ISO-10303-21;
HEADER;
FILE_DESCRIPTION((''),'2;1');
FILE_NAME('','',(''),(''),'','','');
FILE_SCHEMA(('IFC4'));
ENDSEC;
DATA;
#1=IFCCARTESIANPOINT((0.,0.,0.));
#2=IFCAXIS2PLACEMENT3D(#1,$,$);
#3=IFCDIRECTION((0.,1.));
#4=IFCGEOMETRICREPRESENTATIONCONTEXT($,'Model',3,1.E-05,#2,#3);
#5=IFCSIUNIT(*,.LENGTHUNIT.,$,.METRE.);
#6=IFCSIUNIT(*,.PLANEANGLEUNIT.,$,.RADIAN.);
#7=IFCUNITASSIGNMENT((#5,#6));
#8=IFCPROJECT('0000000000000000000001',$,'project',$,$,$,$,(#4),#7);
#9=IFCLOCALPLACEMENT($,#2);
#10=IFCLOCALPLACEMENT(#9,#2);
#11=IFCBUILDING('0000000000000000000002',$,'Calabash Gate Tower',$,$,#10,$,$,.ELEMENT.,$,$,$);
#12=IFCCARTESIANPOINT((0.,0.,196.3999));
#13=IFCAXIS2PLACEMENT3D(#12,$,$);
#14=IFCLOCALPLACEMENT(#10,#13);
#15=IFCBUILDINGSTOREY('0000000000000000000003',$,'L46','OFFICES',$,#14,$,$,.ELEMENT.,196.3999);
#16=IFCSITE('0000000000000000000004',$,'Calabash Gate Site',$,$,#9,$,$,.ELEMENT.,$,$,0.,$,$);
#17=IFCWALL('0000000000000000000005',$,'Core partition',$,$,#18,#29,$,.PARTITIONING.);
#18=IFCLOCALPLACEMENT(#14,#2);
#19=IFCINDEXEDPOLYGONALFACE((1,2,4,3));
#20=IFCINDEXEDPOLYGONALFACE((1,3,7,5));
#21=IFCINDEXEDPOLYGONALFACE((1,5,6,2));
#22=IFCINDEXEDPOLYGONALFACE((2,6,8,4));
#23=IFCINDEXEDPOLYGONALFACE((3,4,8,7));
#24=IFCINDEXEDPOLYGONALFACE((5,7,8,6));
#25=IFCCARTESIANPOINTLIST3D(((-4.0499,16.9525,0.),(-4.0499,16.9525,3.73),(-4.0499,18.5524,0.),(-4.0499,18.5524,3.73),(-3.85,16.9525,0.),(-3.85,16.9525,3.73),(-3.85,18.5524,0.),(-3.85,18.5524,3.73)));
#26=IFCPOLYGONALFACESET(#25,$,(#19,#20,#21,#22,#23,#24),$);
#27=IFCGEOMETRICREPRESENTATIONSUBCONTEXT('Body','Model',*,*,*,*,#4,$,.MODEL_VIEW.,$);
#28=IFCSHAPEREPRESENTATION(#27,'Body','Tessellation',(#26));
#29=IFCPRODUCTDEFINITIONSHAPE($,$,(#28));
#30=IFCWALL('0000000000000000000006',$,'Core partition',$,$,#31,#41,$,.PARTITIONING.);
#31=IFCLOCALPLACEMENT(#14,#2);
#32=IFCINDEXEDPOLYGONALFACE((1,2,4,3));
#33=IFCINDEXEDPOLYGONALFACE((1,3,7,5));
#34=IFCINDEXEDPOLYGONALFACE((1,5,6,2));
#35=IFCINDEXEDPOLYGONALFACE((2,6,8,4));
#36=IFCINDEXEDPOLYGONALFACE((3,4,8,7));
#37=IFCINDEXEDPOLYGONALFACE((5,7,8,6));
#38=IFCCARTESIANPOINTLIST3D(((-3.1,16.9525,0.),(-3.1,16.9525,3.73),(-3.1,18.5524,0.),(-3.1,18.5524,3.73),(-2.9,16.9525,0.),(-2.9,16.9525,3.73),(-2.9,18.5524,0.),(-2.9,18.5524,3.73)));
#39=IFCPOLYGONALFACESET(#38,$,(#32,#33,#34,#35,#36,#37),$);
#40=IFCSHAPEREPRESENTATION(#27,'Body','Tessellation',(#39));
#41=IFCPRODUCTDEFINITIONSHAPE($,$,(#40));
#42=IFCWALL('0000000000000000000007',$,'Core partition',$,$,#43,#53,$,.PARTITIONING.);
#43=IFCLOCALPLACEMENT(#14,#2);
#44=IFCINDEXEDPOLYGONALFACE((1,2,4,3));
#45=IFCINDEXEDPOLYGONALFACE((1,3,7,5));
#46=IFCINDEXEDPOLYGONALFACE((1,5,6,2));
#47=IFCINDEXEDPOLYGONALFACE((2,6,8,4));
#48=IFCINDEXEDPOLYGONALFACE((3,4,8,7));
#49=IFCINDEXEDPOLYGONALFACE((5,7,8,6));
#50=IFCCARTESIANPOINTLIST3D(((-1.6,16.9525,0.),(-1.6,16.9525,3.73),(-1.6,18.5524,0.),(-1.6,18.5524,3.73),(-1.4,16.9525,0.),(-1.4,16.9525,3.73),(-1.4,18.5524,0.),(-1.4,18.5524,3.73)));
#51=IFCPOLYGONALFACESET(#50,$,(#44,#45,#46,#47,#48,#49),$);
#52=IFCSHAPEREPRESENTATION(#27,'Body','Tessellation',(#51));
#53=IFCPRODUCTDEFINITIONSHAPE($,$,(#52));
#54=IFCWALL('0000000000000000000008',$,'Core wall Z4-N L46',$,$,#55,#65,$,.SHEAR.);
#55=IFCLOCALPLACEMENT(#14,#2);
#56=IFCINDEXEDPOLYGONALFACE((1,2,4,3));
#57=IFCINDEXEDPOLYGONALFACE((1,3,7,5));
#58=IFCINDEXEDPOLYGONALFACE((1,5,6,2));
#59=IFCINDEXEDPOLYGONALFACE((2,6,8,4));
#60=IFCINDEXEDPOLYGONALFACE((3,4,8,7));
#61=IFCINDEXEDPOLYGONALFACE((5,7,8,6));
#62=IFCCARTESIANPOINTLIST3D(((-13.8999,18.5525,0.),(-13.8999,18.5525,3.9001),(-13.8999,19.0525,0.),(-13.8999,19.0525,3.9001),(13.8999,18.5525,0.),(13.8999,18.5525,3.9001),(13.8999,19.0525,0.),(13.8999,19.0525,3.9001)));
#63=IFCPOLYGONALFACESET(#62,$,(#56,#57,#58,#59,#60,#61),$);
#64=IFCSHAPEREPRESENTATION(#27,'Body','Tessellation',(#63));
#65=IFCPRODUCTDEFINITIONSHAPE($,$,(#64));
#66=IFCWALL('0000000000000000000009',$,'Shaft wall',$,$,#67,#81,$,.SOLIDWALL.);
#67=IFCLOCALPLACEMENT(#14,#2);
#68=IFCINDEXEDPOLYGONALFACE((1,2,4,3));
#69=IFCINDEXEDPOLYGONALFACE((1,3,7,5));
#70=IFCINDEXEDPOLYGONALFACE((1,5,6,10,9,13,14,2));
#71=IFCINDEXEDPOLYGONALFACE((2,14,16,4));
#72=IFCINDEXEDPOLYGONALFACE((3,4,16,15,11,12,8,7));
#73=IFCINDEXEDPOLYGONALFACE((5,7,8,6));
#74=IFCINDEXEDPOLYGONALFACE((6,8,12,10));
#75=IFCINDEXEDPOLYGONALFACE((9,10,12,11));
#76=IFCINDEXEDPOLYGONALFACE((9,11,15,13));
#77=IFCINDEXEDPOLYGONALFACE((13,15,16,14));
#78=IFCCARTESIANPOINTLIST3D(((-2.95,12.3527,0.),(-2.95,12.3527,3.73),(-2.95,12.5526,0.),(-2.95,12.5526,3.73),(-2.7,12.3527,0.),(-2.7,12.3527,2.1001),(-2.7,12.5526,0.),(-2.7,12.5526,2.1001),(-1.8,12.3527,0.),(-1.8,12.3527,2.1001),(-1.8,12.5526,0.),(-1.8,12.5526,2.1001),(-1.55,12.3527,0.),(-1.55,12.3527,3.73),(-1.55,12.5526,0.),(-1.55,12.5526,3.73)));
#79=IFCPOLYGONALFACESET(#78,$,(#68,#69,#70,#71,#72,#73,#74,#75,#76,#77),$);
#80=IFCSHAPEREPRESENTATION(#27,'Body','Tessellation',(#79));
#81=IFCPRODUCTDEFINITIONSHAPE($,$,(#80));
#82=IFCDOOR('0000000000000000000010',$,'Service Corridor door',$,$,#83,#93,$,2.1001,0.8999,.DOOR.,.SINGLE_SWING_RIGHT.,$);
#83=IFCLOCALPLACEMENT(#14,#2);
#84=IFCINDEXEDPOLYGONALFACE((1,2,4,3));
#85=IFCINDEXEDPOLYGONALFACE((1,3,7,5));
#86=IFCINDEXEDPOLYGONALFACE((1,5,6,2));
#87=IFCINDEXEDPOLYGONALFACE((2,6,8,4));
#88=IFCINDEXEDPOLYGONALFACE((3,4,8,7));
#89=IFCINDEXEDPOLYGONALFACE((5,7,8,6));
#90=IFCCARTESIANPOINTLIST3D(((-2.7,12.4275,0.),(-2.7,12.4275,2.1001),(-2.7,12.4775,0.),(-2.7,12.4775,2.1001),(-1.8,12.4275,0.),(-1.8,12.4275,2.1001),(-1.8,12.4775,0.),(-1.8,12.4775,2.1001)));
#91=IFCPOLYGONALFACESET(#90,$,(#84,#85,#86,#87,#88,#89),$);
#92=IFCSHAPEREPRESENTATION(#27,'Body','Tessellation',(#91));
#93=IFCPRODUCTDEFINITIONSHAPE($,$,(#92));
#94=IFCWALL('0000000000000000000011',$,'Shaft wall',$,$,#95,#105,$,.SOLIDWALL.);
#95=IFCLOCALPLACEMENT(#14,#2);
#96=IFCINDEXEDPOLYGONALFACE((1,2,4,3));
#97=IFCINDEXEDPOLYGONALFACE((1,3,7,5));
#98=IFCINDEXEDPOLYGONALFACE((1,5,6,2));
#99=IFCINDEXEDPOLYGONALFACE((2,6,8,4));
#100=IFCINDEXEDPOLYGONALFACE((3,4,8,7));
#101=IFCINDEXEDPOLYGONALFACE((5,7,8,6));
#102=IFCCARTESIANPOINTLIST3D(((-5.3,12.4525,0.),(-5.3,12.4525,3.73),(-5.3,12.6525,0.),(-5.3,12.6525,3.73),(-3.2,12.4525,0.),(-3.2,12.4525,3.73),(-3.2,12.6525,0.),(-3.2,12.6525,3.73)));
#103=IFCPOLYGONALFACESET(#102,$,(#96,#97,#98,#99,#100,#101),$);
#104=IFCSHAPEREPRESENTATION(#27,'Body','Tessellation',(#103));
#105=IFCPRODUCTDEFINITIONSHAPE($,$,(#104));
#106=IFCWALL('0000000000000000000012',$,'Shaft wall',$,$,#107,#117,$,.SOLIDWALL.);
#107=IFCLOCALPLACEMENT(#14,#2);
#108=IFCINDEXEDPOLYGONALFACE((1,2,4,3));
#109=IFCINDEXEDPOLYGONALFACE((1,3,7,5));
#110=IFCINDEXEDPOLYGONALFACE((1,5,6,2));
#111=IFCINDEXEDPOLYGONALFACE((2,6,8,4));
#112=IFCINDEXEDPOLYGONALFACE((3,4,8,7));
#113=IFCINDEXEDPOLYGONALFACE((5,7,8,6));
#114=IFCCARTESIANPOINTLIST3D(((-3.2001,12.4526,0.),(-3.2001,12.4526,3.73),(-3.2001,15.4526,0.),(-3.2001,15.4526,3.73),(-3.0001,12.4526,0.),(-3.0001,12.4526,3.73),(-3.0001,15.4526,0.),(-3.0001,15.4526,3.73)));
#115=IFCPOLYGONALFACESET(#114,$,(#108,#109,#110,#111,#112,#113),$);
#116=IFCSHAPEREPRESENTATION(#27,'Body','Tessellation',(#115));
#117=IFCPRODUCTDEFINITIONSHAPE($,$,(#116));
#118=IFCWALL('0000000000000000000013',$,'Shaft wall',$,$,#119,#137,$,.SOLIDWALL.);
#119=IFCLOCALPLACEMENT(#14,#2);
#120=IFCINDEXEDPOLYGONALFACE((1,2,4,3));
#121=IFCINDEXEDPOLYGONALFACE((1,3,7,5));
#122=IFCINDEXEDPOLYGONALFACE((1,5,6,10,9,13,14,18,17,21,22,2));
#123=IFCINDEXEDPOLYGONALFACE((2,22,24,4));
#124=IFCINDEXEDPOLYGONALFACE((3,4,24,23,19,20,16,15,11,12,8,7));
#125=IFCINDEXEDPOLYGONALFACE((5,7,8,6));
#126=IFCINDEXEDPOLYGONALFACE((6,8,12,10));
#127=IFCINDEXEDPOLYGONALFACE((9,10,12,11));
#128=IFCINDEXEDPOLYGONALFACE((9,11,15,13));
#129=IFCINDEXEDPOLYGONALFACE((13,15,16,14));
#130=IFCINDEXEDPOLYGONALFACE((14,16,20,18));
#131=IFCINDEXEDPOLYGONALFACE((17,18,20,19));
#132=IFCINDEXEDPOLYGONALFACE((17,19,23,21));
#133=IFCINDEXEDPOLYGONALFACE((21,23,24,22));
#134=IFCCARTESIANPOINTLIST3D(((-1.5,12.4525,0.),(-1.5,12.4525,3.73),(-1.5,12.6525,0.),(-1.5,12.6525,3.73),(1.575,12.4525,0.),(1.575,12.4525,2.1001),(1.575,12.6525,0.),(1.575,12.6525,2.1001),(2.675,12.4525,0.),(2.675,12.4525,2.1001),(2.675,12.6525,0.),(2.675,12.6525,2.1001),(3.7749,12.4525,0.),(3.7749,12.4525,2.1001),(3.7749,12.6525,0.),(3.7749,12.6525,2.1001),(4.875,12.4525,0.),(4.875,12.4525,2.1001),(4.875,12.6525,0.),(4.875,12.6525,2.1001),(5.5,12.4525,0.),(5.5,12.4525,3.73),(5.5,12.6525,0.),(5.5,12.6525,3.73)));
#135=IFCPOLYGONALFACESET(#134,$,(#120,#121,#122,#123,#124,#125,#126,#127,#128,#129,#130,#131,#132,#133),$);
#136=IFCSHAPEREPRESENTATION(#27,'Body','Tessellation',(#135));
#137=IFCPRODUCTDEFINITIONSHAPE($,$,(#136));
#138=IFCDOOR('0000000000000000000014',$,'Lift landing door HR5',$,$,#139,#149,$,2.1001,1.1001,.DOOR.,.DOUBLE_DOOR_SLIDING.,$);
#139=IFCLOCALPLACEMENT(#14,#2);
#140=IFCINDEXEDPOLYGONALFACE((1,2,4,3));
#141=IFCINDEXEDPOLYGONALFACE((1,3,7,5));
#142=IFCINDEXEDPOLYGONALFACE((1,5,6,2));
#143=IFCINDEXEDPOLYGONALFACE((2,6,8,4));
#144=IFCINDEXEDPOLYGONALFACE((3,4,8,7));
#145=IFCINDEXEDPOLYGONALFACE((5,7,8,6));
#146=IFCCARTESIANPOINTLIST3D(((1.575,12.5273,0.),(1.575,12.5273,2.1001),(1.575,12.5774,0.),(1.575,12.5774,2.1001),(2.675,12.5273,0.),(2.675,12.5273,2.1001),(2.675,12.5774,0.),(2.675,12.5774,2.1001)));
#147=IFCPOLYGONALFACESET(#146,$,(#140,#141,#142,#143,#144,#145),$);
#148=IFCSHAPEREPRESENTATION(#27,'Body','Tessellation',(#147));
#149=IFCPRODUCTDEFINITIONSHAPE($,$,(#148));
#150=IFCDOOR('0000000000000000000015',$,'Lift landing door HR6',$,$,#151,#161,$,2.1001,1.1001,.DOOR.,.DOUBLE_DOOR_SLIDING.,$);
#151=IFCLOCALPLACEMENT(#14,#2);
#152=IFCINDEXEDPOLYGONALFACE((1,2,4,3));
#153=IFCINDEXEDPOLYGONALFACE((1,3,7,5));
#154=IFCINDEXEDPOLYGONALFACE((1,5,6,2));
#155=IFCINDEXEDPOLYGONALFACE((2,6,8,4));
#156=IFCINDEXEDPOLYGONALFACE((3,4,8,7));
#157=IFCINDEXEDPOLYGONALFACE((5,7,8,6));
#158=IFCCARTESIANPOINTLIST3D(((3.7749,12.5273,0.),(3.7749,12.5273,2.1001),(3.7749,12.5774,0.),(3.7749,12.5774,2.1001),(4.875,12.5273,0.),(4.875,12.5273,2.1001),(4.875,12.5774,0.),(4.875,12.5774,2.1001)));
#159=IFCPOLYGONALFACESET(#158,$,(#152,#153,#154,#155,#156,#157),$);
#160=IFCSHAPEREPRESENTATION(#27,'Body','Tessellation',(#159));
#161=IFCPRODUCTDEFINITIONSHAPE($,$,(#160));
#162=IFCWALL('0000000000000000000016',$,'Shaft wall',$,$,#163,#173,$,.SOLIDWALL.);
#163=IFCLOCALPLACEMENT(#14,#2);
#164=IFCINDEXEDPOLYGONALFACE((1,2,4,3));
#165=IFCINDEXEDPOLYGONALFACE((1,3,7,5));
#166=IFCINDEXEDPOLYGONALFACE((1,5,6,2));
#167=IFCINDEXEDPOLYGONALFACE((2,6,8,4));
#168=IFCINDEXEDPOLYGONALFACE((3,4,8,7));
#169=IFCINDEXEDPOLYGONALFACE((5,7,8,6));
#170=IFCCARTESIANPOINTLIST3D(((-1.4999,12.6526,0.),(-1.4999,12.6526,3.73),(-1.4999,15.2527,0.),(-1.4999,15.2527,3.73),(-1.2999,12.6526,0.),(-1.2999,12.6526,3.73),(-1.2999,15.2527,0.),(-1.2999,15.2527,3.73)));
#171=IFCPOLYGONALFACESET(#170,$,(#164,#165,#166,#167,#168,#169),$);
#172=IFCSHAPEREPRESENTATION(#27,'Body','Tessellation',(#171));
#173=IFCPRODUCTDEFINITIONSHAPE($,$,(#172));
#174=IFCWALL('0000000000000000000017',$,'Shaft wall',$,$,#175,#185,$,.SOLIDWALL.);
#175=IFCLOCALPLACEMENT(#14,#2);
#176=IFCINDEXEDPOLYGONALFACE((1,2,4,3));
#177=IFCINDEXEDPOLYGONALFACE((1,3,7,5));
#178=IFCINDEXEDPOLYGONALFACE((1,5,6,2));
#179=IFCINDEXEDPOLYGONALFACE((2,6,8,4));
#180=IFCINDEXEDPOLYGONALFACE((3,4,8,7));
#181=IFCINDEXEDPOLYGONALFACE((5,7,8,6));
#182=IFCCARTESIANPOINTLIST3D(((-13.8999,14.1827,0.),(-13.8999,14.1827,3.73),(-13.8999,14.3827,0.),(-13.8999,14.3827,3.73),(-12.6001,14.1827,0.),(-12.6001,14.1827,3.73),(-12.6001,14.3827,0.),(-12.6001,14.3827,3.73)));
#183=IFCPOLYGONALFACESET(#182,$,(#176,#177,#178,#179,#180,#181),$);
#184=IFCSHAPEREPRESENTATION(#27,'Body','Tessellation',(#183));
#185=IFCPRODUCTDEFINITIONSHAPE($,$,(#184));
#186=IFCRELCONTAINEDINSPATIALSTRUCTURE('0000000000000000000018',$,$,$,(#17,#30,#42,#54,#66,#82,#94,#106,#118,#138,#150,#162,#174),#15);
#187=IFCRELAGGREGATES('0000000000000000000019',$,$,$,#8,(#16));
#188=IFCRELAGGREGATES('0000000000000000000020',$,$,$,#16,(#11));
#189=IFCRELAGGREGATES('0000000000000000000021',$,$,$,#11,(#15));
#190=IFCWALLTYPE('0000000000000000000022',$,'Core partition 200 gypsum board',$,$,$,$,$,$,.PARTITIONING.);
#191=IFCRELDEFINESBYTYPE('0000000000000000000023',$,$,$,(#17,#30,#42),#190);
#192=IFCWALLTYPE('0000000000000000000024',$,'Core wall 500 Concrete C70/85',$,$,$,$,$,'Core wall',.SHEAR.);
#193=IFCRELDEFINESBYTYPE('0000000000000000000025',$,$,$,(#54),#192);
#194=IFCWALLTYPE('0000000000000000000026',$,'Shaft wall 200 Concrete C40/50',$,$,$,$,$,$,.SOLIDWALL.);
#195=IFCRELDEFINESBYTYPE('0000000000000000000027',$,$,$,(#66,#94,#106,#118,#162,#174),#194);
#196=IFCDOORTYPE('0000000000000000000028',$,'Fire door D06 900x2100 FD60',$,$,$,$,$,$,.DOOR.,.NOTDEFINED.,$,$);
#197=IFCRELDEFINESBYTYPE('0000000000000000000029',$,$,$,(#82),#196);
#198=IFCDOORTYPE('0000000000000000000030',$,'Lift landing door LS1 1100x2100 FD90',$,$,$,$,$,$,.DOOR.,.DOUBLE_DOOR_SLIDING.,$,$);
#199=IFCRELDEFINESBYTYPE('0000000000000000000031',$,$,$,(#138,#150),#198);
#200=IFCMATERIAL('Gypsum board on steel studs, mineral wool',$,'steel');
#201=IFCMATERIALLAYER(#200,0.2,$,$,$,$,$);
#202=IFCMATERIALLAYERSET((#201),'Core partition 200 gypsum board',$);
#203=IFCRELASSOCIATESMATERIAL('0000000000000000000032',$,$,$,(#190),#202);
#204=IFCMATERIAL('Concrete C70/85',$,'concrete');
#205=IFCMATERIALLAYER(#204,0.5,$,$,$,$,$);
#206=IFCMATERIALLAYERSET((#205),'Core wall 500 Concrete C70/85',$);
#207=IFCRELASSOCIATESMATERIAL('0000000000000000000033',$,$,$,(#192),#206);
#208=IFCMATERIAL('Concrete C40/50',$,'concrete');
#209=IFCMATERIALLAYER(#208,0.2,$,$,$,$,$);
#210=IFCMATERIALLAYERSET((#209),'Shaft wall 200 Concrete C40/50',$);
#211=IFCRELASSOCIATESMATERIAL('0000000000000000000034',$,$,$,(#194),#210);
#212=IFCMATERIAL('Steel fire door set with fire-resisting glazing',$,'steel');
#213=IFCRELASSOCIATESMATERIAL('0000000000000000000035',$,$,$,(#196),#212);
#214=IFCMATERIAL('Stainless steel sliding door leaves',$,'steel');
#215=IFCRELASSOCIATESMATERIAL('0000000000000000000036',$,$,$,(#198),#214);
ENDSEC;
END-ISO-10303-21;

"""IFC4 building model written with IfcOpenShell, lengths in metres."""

from ifc_helpers import new_model, si_unit, direction, frame, frame_2d, origin, place, context, subcontext, project, spatial, rectangle, extrude, material, layer, layer_set, type_object, element, fill, save


model = new_model("IFC4")

# Units and contexts
model_context = context("Model", 3, precision=1e-05, world=origin(), true_north=direction((0.0, 1.0)))
body_context = subcontext(model_context, "Body", "Model", "MODEL_VIEW")
ifc_project = project(units=[si_unit("LENGTHUNIT", "METRE"), si_unit("PLANEANGLEUNIT", "RADIAN")], contexts=[model_context])

# Site, building, storey
site_placement = place(None, origin())
site = spatial("IfcSite", under=ifc_project, at=site_placement, Name="Calabash Gate Site", CompositionType="ELEMENT", RefElevation=0.0)
building_placement = place(site_placement, origin())
building = spatial("IfcBuilding", under=site, at=building_placement, Name="Calabash Gate Tower", CompositionType="ELEMENT")
storey_placement = place(building_placement, frame((0.0, 0.0, 196.3999)))
storey = spatial("IfcBuildingStorey", under=building, at=storey_placement, Name="L46", Description="OFFICES", CompositionType="ELEMENT", Elevation=196.3999)

# Walls
ifc_material_1 = material(Name="Gypsum board on steel studs, mineral wool", Category="steel")
ifc_layer_1 = layer(ifc_material_1, 0.2)
ifc_layer_set_1 = layer_set([ifc_layer_1], Name="Core partition 200 gypsum board")
wall_type_1 = type_object("IfcWallType", Name="Core partition 200 gypsum board", PredefinedType="PARTITIONING", material=ifc_layer_set_1)
for number, where, z_axis, x_axis, name in (
    (1, (-3.95, 16.9526, 0.0), (0.0, 0.0, 1.0), (0.0, 1.0, 0.0), "Core partition"),
    (2, (-3.0, 16.9526, 0.0), (0.0, 0.0, 1.0), (0.0, 1.0, 0.0), "Core partition"),
    (3, (-1.5, 16.9526, 0.0), (0.0, 0.0, 1.0), (0.0, 1.0, 0.0), "Core partition"),
):
    element("IfcWall", number, at=place(storey_placement, frame(where, z_axis=z_axis, x_axis=x_axis)), inside=storey, type_object=wall_type_1, Name=name, PredefinedType="PARTITIONING", context=body_context, shape_type="SweptSolid", body=[
        extrude(rectangle(XDim=1.5999, YDim=0.2, at=frame_2d((0.7998, 0.0))), origin(), (0.0, 0.0, 1.0), 3.73),
    ])
ifc_material_2 = material(Name="Concrete C70/85", Category="concrete")
ifc_layer_2 = layer(ifc_material_2, 0.5)
ifc_layer_set_2 = layer_set([ifc_layer_2], Name="Core wall 500 Concrete C70/85")
wall_type_2 = type_object("IfcWallType", Name="Core wall 500 Concrete C70/85", ElementType="Core wall", PredefinedType="SHEAR", material=ifc_layer_set_2)
wall_1_placement = place(storey_placement, frame((-13.8999, 18.8025, 0.0), z_axis=(0.0, 0.0, 1.0), x_axis=(1.0, 0.0, 0.0)))
element("IfcWall", 4, at=wall_1_placement, inside=storey, type_object=wall_type_2, Name="Core wall Z4-N L46", PredefinedType="SHEAR", context=body_context, shape_type="SweptSolid", body=[
    extrude(rectangle(XDim=27.7998, YDim=0.5, at=frame_2d((13.8999, 0.0))), origin(), (0.0, 0.0, 1.0), 3.9001),
])

# Wall, opening, door
ifc_material_3 = material(Name="Concrete C40/50", Category="concrete")
ifc_layer_3 = layer(ifc_material_3, 0.2)
ifc_layer_set_3 = layer_set([ifc_layer_3], Name="Shaft wall 200 Concrete C40/50")
wall_type_3 = type_object("IfcWallType", Name="Shaft wall 200 Concrete C40/50", PredefinedType="SOLIDWALL", material=ifc_layer_set_3)
wall_2_placement = place(storey_placement, frame((-2.95, 12.4526, 0.0), z_axis=(0.0, 0.0, 1.0), x_axis=(1.0, 0.0, 0.0)))
wall_2 = element("IfcWall", 5, at=wall_2_placement, inside=storey, type_object=wall_type_3, Name="Shaft wall", PredefinedType="SOLIDWALL", context=body_context, shape_type="SweptSolid", body=[
    extrude(rectangle(XDim=1.3999, YDim=0.2, at=frame_2d((0.7, 0.0))), origin(), (0.0, 0.0, 1.0), 3.73),
])
opening_1_placement = place(wall_2_placement, frame((0.25, 0.0, 0.0)))
opening_1 = element("IfcOpeningElement", 6, at=opening_1_placement, cuts=wall_2, PredefinedType="OPENING", context=body_context, shape_type="SweptSolid", body=[
    extrude(rectangle(XDim=0.8999, YDim=2.1001, at=frame_2d((0.45, 1.05))), frame((0.0, 0.1099, 0.0), z_axis=(0.0, -1.0, 0.0), x_axis=(1.0, 0.0, 0.0)), (0.0, 0.0, 1.0), 0.22),
])
ifc_material_4 = material(Name="Steel fire door set with fire-resisting glazing", Category="steel")
door_type_1 = type_object("IfcDoorType", Name="Fire door D06 900x2100 FD60", OperationType="NOTDEFINED", PredefinedType="DOOR", material=ifc_material_4)
door_1_placement = place(opening_1_placement, origin())
door_1 = element("IfcDoor", 7, at=door_1_placement, inside=storey, type_object=door_type_1, Name="Service Corridor door", OperationType="SINGLE_SWING_RIGHT", OverallHeight=2.1001, OverallWidth=0.8999, PredefinedType="DOOR", context=body_context, shape_type="SweptSolid", body=[
    extrude(rectangle(XDim=0.8999, YDim=2.1001, at=frame_2d((0.45, 1.05))), frame((0.0, 0.0249, 0.0), z_axis=(0.0, -1.0, 0.0), x_axis=(1.0, 0.0, 0.0)), (0.0, 0.0, 1.0), 0.05),
])
fill(opening_1, door_1)

# Walls
wall_3_placement = place(storey_placement, frame((-5.3, 12.5525, 0.0), z_axis=(0.0, 0.0, 1.0), x_axis=(1.0, 0.0, 0.0)))
element("IfcWall", 8, at=wall_3_placement, inside=storey, type_object=wall_type_3, Name="Shaft wall", PredefinedType="SOLIDWALL", context=body_context, shape_type="SweptSolid", body=[
    extrude(rectangle(XDim=2.1001, YDim=0.2, at=frame_2d((1.05, 0.0))), origin(), (0.0, 0.0, 1.0), 3.73),
])
wall_4_placement = place(storey_placement, frame((-3.1001, 12.4526, 0.0), z_axis=(0.0, 0.0, 1.0), x_axis=(0.0, 1.0, 0.0)))
element("IfcWall", 9, at=wall_4_placement, inside=storey, type_object=wall_type_3, Name="Shaft wall", PredefinedType="SOLIDWALL", context=body_context, shape_type="SweptSolid", body=[
    extrude(rectangle(XDim=3.0, YDim=0.2, at=frame_2d((1.5, 0.0))), origin(), (0.0, 0.0, 1.0), 3.73),
])

# Wall, openings, doors
wall_5_placement = place(storey_placement, frame((-1.5, 12.5525, 0.0), z_axis=(0.0, 0.0, 1.0), x_axis=(1.0, 0.0, 0.0)))
wall_5 = element("IfcWall", 10, at=wall_5_placement, inside=storey, type_object=wall_type_3, Name="Shaft wall", PredefinedType="SOLIDWALL", context=body_context, shape_type="SweptSolid", body=[
    extrude(rectangle(XDim=7.0, YDim=0.2, at=frame_2d((3.5, 0.0))), origin(), (0.0, 0.0, 1.0), 3.73),
])
opening_2_placement = place(wall_5_placement, frame((3.075, 0.0, 0.0)))
opening_2 = element("IfcOpeningElement", 11, at=opening_2_placement, cuts=wall_5, PredefinedType="OPENING", context=body_context, shape_type="SweptSolid", body=[
    extrude(rectangle(XDim=1.1001, YDim=2.1001, at=frame_2d((0.55, 1.05))), frame((0.0, 0.1099, 0.0), z_axis=(0.0, -1.0, 0.0), x_axis=(1.0, 0.0, 0.0)), (0.0, 0.0, 1.0), 0.22),
])
opening_3_placement = place(wall_5_placement, frame((5.2749, 0.0, 0.0)))
opening_3 = element("IfcOpeningElement", 12, at=opening_3_placement, cuts=wall_5, PredefinedType="OPENING", context=body_context, shape_type="SweptSolid", body=[
    extrude(rectangle(XDim=1.1001, YDim=2.1001, at=frame_2d((0.55, 1.05))), frame((0.0, 0.1099, 0.0), z_axis=(0.0, -1.0, 0.0), x_axis=(1.0, 0.0, 0.0)), (0.0, 0.0, 1.0), 0.22),
])
ifc_material_5 = material(Name="Stainless steel sliding door leaves", Category="steel")
door_type_2 = type_object("IfcDoorType", Name="Lift landing door LS1 1100x2100 FD90", OperationType="DOUBLE_DOOR_SLIDING", PredefinedType="DOOR", material=ifc_material_5)
door_2_placement = place(opening_2_placement, origin())
door_2 = element("IfcDoor", 13, at=door_2_placement, inside=storey, type_object=door_type_2, Name="Lift landing door HR5", OperationType="DOUBLE_DOOR_SLIDING", OverallHeight=2.1001, OverallWidth=1.1001, PredefinedType="DOOR", context=body_context, shape_type="SweptSolid", body=[
    extrude(rectangle(XDim=1.1001, YDim=2.1001, at=frame_2d((0.55, 1.05))), frame((0.0, 0.0249, 0.0), z_axis=(0.0, -1.0, 0.0), x_axis=(1.0, 0.0, 0.0)), (0.0, 0.0, 1.0), 0.05),
])
fill(opening_2, door_2)
door_3_placement = place(opening_3_placement, origin())
door_3 = element("IfcDoor", 14, at=door_3_placement, inside=storey, type_object=door_type_2, Name="Lift landing door HR6", OperationType="DOUBLE_DOOR_SLIDING", OverallHeight=2.1001, OverallWidth=1.1001, PredefinedType="DOOR", context=body_context, shape_type="SweptSolid", body=[
    extrude(rectangle(XDim=1.1001, YDim=2.1001, at=frame_2d((0.55, 1.05))), frame((0.0, 0.0249, 0.0), z_axis=(0.0, -1.0, 0.0), x_axis=(1.0, 0.0, 0.0)), (0.0, 0.0, 1.0), 0.05),
])
fill(opening_3, door_3)

# Walls
wall_6_placement = place(storey_placement, frame((-1.3999, 12.6526, 0.0), z_axis=(0.0, 0.0, 1.0), x_axis=(0.0, 1.0, 0.0)))
element("IfcWall", 15, at=wall_6_placement, inside=storey, type_object=wall_type_3, Name="Shaft wall", PredefinedType="SOLIDWALL", context=body_context, shape_type="SweptSolid", body=[
    extrude(rectangle(XDim=2.6001, YDim=0.2, at=frame_2d((1.3, 0.0))), origin(), (0.0, 0.0, 1.0), 3.73),
])
wall_7_placement = place(storey_placement, frame((-13.8999, 14.2827, 0.0), z_axis=(0.0, 0.0, 1.0), x_axis=(1.0, 0.0, 0.0)))
element("IfcWall", 16, at=wall_7_placement, inside=storey, type_object=wall_type_3, Name="Shaft wall", PredefinedType="SOLIDWALL", context=body_context, shape_type="SweptSolid", body=[
    extrude(rectangle(XDim=1.2998, YDim=0.2, at=frame_2d((0.6499, 0.0))), origin(), (0.0, 0.0, 1.0), 3.73),
])

save(model, "model.ifc")
